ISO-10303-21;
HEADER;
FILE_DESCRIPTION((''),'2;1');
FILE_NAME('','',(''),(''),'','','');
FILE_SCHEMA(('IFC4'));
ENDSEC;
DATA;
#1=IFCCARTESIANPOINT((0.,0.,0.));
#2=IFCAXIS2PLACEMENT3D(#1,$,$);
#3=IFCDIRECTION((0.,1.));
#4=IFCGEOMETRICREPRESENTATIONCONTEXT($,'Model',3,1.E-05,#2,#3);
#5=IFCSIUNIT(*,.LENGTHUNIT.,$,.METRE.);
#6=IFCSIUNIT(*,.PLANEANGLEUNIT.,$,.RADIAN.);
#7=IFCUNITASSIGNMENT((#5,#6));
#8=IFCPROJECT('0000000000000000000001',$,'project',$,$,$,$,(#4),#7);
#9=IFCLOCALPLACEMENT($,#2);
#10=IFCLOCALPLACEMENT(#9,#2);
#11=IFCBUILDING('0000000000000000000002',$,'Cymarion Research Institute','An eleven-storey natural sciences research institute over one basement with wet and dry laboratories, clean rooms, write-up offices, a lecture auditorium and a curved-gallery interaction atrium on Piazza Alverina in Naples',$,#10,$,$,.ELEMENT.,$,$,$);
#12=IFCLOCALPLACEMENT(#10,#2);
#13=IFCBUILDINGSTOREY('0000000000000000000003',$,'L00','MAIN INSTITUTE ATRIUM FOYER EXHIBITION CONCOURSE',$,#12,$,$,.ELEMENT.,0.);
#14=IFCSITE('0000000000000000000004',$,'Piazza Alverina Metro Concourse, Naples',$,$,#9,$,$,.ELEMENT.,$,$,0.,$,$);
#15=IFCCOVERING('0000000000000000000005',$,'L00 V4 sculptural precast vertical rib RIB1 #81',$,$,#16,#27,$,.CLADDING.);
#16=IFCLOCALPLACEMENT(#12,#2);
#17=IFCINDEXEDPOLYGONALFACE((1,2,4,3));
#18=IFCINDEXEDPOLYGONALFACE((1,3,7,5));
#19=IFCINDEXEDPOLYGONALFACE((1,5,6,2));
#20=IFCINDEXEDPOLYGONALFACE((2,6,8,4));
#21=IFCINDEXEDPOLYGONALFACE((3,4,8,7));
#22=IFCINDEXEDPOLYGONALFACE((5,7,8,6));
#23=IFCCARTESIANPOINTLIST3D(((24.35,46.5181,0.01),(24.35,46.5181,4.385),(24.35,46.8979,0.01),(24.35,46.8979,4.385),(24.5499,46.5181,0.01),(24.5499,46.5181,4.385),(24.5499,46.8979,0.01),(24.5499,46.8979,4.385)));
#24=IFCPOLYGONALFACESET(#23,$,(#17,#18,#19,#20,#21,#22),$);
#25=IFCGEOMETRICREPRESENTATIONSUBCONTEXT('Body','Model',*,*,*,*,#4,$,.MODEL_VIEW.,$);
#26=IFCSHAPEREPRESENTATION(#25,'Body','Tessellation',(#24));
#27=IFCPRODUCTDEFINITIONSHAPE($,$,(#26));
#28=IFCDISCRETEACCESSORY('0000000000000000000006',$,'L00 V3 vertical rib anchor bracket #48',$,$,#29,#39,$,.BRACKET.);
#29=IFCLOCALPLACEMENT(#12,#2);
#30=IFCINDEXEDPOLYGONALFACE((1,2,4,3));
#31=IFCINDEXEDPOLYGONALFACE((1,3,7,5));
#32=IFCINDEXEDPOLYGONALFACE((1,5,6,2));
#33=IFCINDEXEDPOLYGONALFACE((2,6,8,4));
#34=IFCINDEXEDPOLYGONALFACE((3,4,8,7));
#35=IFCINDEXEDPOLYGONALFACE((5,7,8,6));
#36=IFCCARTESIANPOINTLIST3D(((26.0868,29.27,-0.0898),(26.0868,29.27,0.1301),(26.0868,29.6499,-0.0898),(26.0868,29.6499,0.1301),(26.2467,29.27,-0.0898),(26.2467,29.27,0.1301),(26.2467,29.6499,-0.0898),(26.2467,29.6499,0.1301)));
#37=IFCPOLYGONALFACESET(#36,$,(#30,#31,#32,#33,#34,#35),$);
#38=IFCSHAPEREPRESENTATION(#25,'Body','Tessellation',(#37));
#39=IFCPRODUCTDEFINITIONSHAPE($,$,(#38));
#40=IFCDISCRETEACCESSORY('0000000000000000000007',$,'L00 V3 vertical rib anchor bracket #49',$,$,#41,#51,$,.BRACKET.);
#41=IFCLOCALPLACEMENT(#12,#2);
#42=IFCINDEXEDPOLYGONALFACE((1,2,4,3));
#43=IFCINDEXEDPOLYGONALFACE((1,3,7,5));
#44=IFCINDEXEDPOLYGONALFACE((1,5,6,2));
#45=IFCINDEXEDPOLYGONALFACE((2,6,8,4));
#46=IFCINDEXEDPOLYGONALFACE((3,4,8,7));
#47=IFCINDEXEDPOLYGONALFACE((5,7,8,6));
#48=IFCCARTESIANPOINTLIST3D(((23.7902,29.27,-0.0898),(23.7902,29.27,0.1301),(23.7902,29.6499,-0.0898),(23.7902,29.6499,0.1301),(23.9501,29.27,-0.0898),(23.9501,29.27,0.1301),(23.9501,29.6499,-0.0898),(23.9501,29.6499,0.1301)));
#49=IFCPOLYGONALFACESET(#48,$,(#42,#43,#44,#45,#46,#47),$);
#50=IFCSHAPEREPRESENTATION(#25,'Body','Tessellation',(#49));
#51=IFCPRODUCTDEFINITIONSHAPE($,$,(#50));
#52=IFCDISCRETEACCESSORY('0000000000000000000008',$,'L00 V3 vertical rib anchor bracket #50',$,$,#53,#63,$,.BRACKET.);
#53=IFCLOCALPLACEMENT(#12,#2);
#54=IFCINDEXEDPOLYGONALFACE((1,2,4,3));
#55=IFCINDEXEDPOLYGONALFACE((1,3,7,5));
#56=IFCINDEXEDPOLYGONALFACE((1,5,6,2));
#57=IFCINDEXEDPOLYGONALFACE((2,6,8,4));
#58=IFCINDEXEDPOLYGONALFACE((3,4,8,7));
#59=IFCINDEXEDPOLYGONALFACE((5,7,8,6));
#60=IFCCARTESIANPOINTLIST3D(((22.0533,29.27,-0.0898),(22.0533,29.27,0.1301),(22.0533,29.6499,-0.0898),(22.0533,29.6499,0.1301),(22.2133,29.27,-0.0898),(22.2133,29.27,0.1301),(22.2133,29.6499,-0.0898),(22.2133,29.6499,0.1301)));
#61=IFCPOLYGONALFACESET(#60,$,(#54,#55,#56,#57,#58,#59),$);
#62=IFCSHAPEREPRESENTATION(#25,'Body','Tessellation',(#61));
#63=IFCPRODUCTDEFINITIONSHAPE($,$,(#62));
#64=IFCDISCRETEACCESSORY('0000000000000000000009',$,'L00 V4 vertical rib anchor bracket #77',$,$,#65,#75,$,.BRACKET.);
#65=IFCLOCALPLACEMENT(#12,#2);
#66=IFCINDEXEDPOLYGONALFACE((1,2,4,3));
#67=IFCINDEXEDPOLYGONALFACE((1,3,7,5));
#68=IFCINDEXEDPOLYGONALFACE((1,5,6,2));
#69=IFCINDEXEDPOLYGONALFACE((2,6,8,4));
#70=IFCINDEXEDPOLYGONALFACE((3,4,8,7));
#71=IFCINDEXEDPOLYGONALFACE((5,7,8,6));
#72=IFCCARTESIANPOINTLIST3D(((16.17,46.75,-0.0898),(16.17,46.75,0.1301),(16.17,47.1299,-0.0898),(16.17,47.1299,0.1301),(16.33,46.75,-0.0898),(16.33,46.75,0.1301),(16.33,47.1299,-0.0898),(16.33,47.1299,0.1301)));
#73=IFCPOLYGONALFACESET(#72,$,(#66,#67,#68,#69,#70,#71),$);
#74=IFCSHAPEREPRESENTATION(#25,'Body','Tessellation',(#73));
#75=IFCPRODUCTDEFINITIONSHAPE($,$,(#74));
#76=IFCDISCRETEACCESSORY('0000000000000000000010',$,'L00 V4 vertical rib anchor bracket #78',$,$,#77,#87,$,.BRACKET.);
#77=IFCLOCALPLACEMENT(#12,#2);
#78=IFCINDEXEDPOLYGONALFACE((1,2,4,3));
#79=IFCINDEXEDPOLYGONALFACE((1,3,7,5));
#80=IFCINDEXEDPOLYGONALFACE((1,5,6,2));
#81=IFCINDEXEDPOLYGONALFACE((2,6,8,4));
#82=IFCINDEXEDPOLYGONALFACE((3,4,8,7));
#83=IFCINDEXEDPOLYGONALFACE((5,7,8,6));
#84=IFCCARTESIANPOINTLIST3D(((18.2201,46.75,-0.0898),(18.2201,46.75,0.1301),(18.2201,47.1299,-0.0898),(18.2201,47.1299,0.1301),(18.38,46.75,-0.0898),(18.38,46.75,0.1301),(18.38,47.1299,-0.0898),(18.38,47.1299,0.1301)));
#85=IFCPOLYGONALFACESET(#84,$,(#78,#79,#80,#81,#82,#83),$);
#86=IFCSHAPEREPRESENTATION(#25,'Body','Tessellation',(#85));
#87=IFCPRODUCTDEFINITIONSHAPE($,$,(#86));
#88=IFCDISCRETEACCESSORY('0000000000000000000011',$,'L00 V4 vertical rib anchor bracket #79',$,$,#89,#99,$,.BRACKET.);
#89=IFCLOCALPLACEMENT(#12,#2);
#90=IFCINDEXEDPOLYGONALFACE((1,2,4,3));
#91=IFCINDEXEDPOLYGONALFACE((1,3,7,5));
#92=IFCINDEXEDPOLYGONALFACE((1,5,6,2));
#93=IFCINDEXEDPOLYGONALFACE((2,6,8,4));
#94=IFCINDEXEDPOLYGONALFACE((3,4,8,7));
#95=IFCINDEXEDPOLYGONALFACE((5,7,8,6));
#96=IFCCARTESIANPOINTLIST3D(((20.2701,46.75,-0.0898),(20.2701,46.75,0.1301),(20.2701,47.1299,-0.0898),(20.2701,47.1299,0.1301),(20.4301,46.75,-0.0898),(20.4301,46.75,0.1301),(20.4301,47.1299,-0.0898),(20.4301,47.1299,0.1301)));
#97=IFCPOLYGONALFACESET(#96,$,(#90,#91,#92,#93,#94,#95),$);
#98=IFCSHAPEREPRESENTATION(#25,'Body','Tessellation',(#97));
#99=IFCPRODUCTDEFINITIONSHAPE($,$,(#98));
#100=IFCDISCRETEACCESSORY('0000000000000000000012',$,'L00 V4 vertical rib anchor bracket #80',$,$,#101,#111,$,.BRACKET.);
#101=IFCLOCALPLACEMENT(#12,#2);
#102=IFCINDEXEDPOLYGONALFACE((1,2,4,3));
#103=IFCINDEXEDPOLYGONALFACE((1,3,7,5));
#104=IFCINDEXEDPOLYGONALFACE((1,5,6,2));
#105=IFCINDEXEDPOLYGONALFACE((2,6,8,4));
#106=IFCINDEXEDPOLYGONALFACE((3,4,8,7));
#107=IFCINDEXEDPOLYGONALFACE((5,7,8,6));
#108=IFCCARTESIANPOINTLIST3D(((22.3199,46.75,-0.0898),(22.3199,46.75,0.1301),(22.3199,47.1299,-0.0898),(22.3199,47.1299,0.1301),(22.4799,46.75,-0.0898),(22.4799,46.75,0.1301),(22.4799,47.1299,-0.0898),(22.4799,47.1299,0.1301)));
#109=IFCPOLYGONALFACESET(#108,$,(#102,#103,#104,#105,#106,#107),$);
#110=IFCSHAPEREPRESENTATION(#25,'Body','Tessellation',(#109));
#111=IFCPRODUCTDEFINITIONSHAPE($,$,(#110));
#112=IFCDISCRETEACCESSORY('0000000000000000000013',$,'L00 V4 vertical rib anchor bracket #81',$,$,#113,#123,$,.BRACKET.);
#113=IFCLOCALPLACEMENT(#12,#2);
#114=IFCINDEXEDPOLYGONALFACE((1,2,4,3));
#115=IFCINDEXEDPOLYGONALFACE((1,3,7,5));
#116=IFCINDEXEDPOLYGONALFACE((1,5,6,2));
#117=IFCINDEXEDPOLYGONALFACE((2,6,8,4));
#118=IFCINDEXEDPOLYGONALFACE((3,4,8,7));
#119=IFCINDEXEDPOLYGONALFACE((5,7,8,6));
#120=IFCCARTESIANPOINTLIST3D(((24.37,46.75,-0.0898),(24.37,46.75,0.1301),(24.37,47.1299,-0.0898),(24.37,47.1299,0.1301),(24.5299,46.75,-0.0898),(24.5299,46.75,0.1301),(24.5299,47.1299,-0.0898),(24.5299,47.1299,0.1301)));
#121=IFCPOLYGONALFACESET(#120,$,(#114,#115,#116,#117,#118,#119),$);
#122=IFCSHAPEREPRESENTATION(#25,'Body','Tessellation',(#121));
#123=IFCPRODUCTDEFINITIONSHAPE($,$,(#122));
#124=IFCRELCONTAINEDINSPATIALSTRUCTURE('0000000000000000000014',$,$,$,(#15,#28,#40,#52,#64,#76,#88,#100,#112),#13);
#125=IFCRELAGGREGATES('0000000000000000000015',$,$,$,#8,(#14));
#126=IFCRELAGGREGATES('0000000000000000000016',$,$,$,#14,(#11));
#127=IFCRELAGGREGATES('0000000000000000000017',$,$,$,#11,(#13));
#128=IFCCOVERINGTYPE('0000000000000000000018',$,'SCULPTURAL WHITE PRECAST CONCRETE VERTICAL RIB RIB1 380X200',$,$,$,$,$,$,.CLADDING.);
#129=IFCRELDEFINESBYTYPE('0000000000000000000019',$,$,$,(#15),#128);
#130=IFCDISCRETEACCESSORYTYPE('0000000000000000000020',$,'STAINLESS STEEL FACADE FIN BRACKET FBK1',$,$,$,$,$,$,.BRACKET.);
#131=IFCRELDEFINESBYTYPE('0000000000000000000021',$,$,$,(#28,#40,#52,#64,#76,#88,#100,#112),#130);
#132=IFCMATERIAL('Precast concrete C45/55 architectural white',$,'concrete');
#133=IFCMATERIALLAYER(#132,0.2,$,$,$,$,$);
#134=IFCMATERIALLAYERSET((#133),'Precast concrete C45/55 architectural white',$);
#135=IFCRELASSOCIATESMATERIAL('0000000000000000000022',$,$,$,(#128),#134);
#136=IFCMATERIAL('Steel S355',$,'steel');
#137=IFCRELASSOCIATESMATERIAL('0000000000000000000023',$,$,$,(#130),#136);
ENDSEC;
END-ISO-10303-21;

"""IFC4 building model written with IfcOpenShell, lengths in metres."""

from ifc_helpers import new_model, si_unit, direction, frame, origin, origin_2d, place, context, subcontext, project, spatial, rectangle, extrude, material, layer, layer_set, type_object, element, save


model = new_model("IFC4")

# Units and contexts
model_context = context("Model", 3, precision=1e-05, world=origin(), true_north=direction((0.0, 1.0)))
body_context = subcontext(model_context, "Body", "Model", "MODEL_VIEW")
ifc_project = project(units=[si_unit("LENGTHUNIT", "METRE"), si_unit("PLANEANGLEUNIT", "RADIAN")], contexts=[model_context])

# Site, building, storey
site_placement = place(None, origin())
site = spatial("IfcSite", under=ifc_project, at=site_placement, Name="Piazza Alverina Metro Concourse, Naples", CompositionType="ELEMENT", RefElevation=0.0)
building_placement = place(site_placement, origin())
building = spatial("IfcBuilding", under=site, at=building_placement, Name="Cymarion Research Institute", Description="An eleven-storey natural sciences research institute over one basement with wet and dry laboratories, clean rooms, write-up offices, a lecture auditorium and a curved-gallery interaction atrium on Piazza Alverina in Naples", CompositionType="ELEMENT")
storey_placement = place(building_placement, origin())
storey = spatial("IfcBuildingStorey", under=building, at=storey_placement, Name="L00", Description="MAIN INSTITUTE ATRIUM FOYER EXHIBITION CONCOURSE", CompositionType="ELEMENT", Elevation=0.0)

# Shared definitions
ifc_material_1 = material(Name="Steel S355", Category="steel")

# Covering
ifc_material_2 = material(Name="Precast concrete C45/55 architectural white", Category="concrete")
ifc_layer_1 = layer(ifc_material_2, 0.2)
ifc_layer_set_1 = layer_set([ifc_layer_1], Name="Precast concrete C45/55 architectural white")
covering_type_1 = type_object("IfcCoveringType", Name="SCULPTURAL WHITE PRECAST CONCRETE VERTICAL RIB RIB1 380X200", PredefinedType="CLADDING", material=ifc_layer_set_1)
for number, where, z_axis, x_axis, name in (
    (1, (24.45, 46.708, 0.01), (0.0, 0.0, 1.0), (0.0, -1.0, 0.0), "L00 V4 sculptural precast vertical rib RIB1 #81"),
):
    element("IfcCovering", number, at=place(storey_placement, frame(where, z_axis=z_axis, x_axis=x_axis)), inside=storey, type_object=covering_type_1, Name=name, PredefinedType="CLADDING", context=body_context, shape_type="SweptSolid", body=[
        extrude(rectangle(XDim=0.3799, YDim=0.2, at=origin_2d()), origin(), (0.0, 0.0, 1.0), 4.375),
    ])

# Discrete accessories
discrete_accessory_type = type_object("IfcDiscreteAccessoryType", Name="STAINLESS STEEL FACADE FIN BRACKET FBK1", PredefinedType="BRACKET", material=ifc_material_1)
for number, where, z_axis, x_axis, name in (
    (2, (26.1667, 29.46, -0.0898), (0.0, 0.0, 1.0), (0.0, 1.0, 0.0), "L00 V3 vertical rib anchor bracket #48"),
    (3, (23.8701, 29.46, -0.0898), (0.0, 0.0, 1.0), (0.0, 1.0, 0.0), "L00 V3 vertical rib anchor bracket #49"),
    (4, (22.1333, 29.46, -0.0898), (0.0, 0.0, 1.0), (0.0, 1.0, 0.0), "L00 V3 vertical rib anchor bracket #50"),
    (5, (16.25, 46.9399, -0.0898), (0.0, 0.0, 1.0), (0.0, -1.0, 0.0), "L00 V4 vertical rib anchor bracket #77"),
    (6, (18.3, 46.9399, -0.0898), (0.0, 0.0, 1.0), (0.0, -1.0, 0.0), "L00 V4 vertical rib anchor bracket #78"),
    (7, (20.3501, 46.9399, -0.0898), (0.0, 0.0, 1.0), (0.0, -1.0, 0.0), "L00 V4 vertical rib anchor bracket #79"),
    (8, (22.3999, 46.9399, -0.0898), (0.0, 0.0, 1.0), (0.0, -1.0, 0.0), "L00 V4 vertical rib anchor bracket #80"),
    (9, (24.45, 46.9399, -0.0898), (0.0, 0.0, 1.0), (0.0, -1.0, 0.0), "L00 V4 vertical rib anchor bracket #81"),
):
    element("IfcDiscreteAccessory", number, at=place(storey_placement, frame(where, z_axis=z_axis, x_axis=x_axis)), inside=storey, type_object=discrete_accessory_type, Name=name, PredefinedType="BRACKET", context=body_context, shape_type="SweptSolid", body=[
        extrude(rectangle(XDim=0.3799, YDim=0.1599, at=origin_2d()), origin(), (0.0, 0.0, 1.0), 0.22),
    ])

save(model, "model.ifc")
